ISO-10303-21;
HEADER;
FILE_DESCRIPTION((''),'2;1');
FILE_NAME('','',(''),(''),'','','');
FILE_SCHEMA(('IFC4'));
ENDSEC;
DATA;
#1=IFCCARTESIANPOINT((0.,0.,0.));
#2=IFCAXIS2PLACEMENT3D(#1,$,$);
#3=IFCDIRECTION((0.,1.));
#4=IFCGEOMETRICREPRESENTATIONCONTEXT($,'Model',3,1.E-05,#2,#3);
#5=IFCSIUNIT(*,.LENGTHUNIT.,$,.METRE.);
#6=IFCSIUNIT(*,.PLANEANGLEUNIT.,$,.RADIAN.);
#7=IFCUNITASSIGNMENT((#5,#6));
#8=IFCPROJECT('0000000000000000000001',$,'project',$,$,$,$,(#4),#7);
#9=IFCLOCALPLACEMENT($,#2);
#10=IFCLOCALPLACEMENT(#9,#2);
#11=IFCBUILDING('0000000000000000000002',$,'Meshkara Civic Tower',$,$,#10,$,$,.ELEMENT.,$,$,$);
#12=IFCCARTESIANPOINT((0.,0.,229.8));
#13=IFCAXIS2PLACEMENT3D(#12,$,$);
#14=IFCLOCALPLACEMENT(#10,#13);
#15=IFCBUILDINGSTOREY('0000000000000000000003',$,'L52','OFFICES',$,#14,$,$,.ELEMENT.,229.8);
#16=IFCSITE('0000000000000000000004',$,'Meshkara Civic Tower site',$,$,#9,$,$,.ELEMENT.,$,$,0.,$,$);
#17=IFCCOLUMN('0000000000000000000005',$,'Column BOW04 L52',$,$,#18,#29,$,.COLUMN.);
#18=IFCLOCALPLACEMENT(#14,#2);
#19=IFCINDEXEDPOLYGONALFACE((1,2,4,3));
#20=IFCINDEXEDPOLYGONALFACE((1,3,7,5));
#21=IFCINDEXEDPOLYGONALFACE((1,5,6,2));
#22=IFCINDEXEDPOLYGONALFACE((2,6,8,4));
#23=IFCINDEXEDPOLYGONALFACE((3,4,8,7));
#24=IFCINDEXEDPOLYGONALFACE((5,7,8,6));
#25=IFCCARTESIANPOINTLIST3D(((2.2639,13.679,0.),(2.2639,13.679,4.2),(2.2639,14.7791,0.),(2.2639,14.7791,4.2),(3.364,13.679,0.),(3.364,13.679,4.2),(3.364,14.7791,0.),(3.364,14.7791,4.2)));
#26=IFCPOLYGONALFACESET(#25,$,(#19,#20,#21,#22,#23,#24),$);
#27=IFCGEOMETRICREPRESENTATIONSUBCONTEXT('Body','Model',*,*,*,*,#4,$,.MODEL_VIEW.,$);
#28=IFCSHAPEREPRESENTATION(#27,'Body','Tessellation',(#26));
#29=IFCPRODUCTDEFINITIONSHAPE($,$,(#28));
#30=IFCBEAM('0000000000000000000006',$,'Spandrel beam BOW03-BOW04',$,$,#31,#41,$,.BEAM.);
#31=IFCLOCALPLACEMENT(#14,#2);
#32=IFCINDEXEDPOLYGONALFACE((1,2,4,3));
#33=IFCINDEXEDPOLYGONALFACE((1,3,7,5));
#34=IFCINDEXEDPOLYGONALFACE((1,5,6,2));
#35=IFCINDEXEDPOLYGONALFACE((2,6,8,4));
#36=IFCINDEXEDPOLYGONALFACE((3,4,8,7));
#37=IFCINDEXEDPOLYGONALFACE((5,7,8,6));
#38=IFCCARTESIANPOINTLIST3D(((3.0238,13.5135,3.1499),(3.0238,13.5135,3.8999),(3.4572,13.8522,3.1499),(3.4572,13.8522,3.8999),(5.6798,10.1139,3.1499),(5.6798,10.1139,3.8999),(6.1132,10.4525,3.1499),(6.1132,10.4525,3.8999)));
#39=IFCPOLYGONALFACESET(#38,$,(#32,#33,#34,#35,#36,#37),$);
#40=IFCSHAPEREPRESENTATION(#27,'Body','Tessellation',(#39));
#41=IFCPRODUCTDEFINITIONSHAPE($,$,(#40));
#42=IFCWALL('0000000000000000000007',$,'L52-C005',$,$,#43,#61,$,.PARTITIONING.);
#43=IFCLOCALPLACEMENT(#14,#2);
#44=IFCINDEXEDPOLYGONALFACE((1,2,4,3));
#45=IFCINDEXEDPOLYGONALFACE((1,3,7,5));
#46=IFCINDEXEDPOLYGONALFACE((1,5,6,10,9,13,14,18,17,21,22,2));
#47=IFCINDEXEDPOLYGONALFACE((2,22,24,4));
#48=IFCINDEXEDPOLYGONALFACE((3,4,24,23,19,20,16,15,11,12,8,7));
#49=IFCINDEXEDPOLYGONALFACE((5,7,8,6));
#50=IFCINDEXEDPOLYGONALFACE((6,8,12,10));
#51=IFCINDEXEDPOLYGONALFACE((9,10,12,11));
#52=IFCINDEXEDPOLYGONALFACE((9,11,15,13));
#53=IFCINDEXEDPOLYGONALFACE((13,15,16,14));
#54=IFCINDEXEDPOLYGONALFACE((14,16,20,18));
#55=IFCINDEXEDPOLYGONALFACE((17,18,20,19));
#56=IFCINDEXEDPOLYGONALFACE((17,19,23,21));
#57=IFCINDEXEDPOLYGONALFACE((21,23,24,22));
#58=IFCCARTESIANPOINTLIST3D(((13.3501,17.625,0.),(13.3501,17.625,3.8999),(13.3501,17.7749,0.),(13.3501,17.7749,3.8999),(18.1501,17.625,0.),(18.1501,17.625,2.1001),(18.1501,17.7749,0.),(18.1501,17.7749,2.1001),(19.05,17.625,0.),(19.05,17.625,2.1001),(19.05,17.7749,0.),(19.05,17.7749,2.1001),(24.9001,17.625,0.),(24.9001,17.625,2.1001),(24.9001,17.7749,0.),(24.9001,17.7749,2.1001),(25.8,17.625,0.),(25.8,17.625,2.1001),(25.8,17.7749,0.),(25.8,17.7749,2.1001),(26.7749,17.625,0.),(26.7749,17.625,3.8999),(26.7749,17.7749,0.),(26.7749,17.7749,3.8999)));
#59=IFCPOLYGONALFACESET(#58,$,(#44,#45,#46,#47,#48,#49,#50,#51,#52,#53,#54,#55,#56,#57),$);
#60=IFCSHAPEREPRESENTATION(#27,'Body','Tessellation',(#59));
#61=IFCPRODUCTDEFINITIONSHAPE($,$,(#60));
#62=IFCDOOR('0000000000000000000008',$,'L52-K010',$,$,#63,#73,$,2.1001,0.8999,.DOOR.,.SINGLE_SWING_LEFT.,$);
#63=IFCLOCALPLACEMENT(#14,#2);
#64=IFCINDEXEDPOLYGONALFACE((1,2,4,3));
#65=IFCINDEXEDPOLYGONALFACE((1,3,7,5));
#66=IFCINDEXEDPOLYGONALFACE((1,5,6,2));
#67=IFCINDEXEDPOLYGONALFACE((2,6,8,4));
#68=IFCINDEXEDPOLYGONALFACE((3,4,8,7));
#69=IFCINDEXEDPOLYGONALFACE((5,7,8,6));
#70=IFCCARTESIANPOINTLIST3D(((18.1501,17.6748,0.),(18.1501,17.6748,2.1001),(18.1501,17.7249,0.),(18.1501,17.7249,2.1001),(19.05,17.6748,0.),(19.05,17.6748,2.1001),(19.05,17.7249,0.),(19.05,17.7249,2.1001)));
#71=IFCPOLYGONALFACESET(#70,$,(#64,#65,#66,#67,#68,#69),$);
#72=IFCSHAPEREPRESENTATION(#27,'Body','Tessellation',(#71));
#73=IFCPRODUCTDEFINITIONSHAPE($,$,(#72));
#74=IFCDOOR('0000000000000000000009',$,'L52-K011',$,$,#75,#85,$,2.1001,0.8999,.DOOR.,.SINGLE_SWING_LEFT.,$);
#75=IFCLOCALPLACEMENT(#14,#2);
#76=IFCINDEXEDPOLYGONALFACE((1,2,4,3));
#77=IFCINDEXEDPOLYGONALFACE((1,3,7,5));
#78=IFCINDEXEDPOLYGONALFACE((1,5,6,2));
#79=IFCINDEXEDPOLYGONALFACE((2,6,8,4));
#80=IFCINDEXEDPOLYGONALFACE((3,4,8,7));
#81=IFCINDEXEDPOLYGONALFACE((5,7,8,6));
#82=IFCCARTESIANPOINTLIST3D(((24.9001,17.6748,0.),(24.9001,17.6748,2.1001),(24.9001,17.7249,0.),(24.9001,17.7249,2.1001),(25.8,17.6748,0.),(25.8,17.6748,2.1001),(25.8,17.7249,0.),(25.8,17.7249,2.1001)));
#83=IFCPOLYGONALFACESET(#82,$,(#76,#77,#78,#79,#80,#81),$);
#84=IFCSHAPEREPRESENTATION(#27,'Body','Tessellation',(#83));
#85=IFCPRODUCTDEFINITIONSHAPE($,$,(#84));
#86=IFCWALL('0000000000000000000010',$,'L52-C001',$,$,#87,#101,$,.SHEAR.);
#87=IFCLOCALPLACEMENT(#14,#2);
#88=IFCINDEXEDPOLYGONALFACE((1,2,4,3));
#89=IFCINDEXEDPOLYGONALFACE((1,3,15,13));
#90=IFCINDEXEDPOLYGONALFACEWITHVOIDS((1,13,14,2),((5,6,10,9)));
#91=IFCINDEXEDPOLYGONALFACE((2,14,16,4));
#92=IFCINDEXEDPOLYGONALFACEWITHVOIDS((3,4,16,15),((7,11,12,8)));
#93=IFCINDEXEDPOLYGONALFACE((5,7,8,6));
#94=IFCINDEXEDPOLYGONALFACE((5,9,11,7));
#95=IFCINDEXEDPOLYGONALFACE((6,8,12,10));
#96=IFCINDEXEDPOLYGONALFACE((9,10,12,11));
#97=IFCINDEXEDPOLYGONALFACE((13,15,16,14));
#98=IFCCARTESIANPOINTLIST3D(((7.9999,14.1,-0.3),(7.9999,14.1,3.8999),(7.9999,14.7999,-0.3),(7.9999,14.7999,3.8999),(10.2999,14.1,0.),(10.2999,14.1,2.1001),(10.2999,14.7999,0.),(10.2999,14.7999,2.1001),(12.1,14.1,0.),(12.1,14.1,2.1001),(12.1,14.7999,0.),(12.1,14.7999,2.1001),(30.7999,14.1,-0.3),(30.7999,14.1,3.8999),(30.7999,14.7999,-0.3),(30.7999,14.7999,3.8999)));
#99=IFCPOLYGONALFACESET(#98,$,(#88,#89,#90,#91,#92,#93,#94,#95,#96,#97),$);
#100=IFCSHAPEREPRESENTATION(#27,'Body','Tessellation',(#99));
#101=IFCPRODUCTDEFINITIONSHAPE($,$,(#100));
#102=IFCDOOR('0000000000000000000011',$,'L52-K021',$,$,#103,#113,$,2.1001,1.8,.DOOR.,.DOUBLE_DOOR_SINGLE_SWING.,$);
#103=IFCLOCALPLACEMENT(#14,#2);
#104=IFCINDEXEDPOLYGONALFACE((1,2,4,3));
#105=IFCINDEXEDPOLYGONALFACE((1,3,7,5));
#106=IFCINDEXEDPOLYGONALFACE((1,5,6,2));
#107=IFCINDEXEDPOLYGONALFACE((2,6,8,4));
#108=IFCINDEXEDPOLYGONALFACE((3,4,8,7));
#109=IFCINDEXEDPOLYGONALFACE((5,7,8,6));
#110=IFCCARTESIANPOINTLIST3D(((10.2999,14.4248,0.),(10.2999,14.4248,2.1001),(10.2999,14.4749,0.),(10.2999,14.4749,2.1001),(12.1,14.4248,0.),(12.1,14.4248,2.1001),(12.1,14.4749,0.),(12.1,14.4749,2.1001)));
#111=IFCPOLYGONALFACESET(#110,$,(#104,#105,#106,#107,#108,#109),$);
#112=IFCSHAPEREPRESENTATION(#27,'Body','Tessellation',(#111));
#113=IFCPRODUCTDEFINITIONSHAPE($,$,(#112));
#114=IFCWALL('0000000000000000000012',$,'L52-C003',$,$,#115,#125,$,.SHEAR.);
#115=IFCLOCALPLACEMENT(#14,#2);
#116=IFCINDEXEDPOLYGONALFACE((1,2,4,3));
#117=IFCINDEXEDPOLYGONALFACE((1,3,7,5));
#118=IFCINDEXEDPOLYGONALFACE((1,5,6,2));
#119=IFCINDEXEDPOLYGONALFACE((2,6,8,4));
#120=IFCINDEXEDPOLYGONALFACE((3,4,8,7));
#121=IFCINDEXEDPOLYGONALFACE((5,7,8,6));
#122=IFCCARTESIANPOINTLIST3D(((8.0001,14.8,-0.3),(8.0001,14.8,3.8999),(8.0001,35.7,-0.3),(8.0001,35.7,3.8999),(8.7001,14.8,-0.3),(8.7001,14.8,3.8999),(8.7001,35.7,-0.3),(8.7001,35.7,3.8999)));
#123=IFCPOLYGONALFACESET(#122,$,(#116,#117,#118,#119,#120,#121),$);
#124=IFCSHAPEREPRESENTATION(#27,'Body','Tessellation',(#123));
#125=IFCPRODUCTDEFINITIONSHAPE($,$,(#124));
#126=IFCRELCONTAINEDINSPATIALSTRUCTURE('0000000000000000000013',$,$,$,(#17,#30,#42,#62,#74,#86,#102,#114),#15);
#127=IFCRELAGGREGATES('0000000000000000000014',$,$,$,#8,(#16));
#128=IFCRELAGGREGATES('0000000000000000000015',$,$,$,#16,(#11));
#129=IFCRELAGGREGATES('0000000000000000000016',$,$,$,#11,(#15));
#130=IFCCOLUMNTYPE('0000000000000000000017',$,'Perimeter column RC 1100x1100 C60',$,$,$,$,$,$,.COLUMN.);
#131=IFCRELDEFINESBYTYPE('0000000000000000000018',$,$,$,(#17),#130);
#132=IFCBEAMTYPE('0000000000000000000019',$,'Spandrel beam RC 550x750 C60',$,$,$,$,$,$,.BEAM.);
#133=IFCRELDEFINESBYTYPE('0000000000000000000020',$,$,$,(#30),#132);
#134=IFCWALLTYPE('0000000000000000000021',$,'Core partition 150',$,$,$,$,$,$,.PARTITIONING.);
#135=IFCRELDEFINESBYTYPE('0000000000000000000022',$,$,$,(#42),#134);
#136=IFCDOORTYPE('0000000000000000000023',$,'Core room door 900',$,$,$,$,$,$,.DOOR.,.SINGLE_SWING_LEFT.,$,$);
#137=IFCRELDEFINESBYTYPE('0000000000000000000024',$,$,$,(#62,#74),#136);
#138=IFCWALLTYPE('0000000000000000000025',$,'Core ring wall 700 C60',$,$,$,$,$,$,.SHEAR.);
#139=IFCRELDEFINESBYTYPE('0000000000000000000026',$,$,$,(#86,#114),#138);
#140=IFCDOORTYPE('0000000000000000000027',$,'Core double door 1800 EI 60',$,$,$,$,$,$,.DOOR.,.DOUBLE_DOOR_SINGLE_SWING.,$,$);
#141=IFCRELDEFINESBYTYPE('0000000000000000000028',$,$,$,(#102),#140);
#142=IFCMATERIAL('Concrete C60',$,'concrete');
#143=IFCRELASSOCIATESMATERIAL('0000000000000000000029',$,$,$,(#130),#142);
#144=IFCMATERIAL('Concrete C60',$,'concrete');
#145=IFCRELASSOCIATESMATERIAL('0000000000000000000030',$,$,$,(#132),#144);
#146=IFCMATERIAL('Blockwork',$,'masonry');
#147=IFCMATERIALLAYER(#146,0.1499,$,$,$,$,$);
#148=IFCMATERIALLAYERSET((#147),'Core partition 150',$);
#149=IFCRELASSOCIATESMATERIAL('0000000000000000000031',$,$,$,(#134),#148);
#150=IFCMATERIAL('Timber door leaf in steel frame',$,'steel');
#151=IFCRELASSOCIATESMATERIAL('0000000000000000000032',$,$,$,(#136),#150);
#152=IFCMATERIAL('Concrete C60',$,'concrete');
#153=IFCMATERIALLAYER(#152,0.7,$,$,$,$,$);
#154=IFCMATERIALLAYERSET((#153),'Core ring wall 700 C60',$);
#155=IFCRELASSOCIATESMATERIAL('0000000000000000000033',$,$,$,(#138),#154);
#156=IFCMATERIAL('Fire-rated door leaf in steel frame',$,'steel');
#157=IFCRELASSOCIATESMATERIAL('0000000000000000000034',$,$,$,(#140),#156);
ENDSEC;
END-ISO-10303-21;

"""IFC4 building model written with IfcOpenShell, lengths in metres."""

from ifc_helpers import new_model, si_unit, direction, frame, frame_2d, origin, origin_2d, place, context, subcontext, project, spatial, rectangle, extrude, material, layer, layer_set, material_profile, profile_set, type_object, element, fill, save


model = new_model("IFC4")

# Units and contexts
model_context = context("Model", 3, precision=1e-05, world=origin(), true_north=direction((0.0, 1.0)))
body_context = subcontext(model_context, "Body", "Model", "MODEL_VIEW")
ifc_project = project(units=[si_unit("LENGTHUNIT", "METRE"), si_unit("PLANEANGLEUNIT", "RADIAN")], contexts=[model_context])

# Site, building, storey
site_placement = place(None, origin())
site = spatial("IfcSite", under=ifc_project, at=site_placement, Name="Meshkara Civic Tower site", CompositionType="ELEMENT", RefElevation=0.0)
building_placement = place(site_placement, origin())
building = spatial("IfcBuilding", under=site, at=building_placement, Name="Meshkara Civic Tower", CompositionType="ELEMENT")
storey_placement = place(building_placement, frame((0.0, 0.0, 229.8)))
storey = spatial("IfcBuildingStorey", under=building, at=storey_placement, Name="L52", Description="OFFICES", CompositionType="ELEMENT", Elevation=229.8)

# Column
ifc_material_1 = material(Name="Concrete C60", Category="concrete")
ifc_material_profile_1 = material_profile(ifc_material_1, rectangle(XDim=1.1001, YDim=1.1001, at=origin_2d()))
ifc_profile_set_1 = profile_set([ifc_material_profile_1], Name="Concrete C60")
column_type = type_object("IfcColumnType", Name="Perimeter column RC 1100x1100 C60", PredefinedType="COLUMN", material=ifc_profile_set_1)
column_placement = place(storey_placement, frame((2.814, 14.229, 0.0), z_axis=(0.0, 0.0, 1.0), x_axis=(1.0, 0.0, 0.0)))
element("IfcColumn", 1, at=column_placement, inside=storey, type_object=column_type, Name="Column BOW04 L52", PredefinedType="COLUMN", context=body_context, shape_type="SweptSolid", body=[
    extrude(rectangle(XDim=1.1001, YDim=1.1001, at=origin_2d()), origin(), (0.0, 0.0, 1.0), 4.2),
])

# Beam
ifc_material_2 = material(Name="Concrete C60", Category="concrete")
ifc_material_profile_2 = material_profile(ifc_material_2, rectangle(XDim=0.55, YDim=0.75, at=origin_2d()))
ifc_profile_set_2 = profile_set([ifc_material_profile_2], Name="Concrete C60")
beam_type = type_object("IfcBeamType", Name="Spandrel beam RC 550x750 C60", PredefinedType="BEAM", material=ifc_profile_set_2)
beam_placement = place(storey_placement, frame((3.2405, 13.6829, 3.5249), z_axis=(0.615647, -0.788022, 0.0), x_axis=(0.788022, 0.615647, 0.0)))
element("IfcBeam", 2, at=beam_placement, inside=storey, type_object=beam_type, Name="Spandrel beam BOW03-BOW04", PredefinedType="BEAM", context=body_context, shape_type="SweptSolid", body=[
    extrude(rectangle(XDim=0.55, YDim=0.75, at=origin_2d()), origin(), (0.0, 0.0, 1.0), 4.3142),
])

# Wall, openings, doors
ifc_material_3 = material(Name="Blockwork", Category="masonry")
ifc_layer_1 = layer(ifc_material_3, 0.1499)
ifc_layer_set_1 = layer_set([ifc_layer_1], Name="Core partition 150")
wall_type_1 = type_object("IfcWallType", Name="Core partition 150", PredefinedType="PARTITIONING", material=ifc_layer_set_1)
wall_1_placement = place(storey_placement, frame((13.3501, 17.7, 0.0), z_axis=(0.0, 0.0, 1.0), x_axis=(1.0, 0.0, 0.0)))
wall_1 = element("IfcWall", 3, at=wall_1_placement, inside=storey, type_object=wall_type_1, Name="L52-C005", PredefinedType="PARTITIONING", context=body_context, shape_type="SweptSolid", body=[
    extrude(rectangle(XDim=13.4248, YDim=0.1499, at=frame_2d((6.7124, 0.0))), origin(), (0.0, 0.0, 1.0), 3.8999),
])
opening_1_placement = place(wall_1_placement, frame((4.8, 0.0, 0.0)))
opening_1 = element("IfcOpeningElement", 4, at=opening_1_placement, cuts=wall_1, PredefinedType="OPENING", context=body_context, shape_type="SweptSolid", body=[
    extrude(rectangle(XDim=0.8999, YDim=2.1001, at=frame_2d((0.45, 1.05))), frame((0.0, 0.085, 0.0), z_axis=(0.0, -1.0, 0.0), x_axis=(1.0, 0.0, 0.0)), (0.0, 0.0, 1.0), 0.1699),
])
opening_2_placement = place(wall_1_placement, frame((11.55, 0.0, 0.0)))
opening_2 = element("IfcOpeningElement", 5, at=opening_2_placement, cuts=wall_1, PredefinedType="OPENING", context=body_context, shape_type="SweptSolid", body=[
    extrude(rectangle(XDim=0.8999, YDim=2.1001, at=frame_2d((0.45, 1.05))), frame((0.0, 0.085, 0.0), z_axis=(0.0, -1.0, 0.0), x_axis=(1.0, 0.0, 0.0)), (0.0, 0.0, 1.0), 0.1699),
])
ifc_material_4 = material(Name="Timber door leaf in steel frame", Category="steel")
door_type_1 = type_object("IfcDoorType", Name="Core room door 900", OperationType="SINGLE_SWING_LEFT", PredefinedType="DOOR", material=ifc_material_4)
door_1_placement = place(opening_1_placement, origin())
door_1 = element("IfcDoor", 6, at=door_1_placement, inside=storey, type_object=door_type_1, Name="L52-K010", OperationType="SINGLE_SWING_LEFT", OverallHeight=2.1001, OverallWidth=0.8999, PredefinedType="DOOR", context=body_context, shape_type="SweptSolid", body=[
    extrude(rectangle(XDim=0.8999, YDim=2.1001, at=frame_2d((0.45, 1.05))), frame((0.0, 0.0249, 0.0), z_axis=(0.0, -1.0, 0.0), x_axis=(1.0, 0.0, 0.0)), (0.0, 0.0, 1.0), 0.05),
])
fill(opening_1, door_1)
door_2_placement = place(opening_2_placement, origin())
door_2 = element("IfcDoor", 7, at=door_2_placement, inside=storey, type_object=door_type_1, Name="L52-K011", OperationType="SINGLE_SWING_LEFT", OverallHeight=2.1001, OverallWidth=0.8999, PredefinedType="DOOR", context=body_context, shape_type="SweptSolid", body=[
    extrude(rectangle(XDim=0.8999, YDim=2.1001, at=frame_2d((0.45, 1.05))), frame((0.0, 0.0249, 0.0), z_axis=(0.0, -1.0, 0.0), x_axis=(1.0, 0.0, 0.0)), (0.0, 0.0, 1.0), 0.05),
])
fill(opening_2, door_2)

# Wall, opening, door
ifc_material_5 = material(Name="Concrete C60", Category="concrete")
ifc_layer_2 = layer(ifc_material_5, 0.7)
ifc_layer_set_2 = layer_set([ifc_layer_2], Name="Core ring wall 700 C60")
wall_type_2 = type_object("IfcWallType", Name="Core ring wall 700 C60", PredefinedType="SHEAR", material=ifc_layer_set_2)
wall_2_placement = place(storey_placement, frame((8.0, 14.45, -0.3), z_axis=(0.0, 0.0, 1.0), x_axis=(1.0, 0.0, 0.0)))
wall_2 = element("IfcWall", 8, at=wall_2_placement, inside=storey, type_object=wall_type_2, Name="L52-C001", PredefinedType="SHEAR", context=body_context, shape_type="SweptSolid", body=[
    extrude(rectangle(XDim=22.8, YDim=0.7, at=frame_2d((11.3999, 0.0))), origin(), (0.0, 0.0, 1.0), 4.2),
])
opening_3_placement = place(wall_2_placement, frame((2.3, 0.0, 0.3)))
opening_3 = element("IfcOpeningElement", 9, at=opening_3_placement, cuts=wall_2, PredefinedType="OPENING", context=body_context, shape_type="SweptSolid", body=[
    extrude(rectangle(XDim=1.8, YDim=2.1001, at=frame_2d((0.8999, 1.05))), frame((0.0, 0.3599, 0.0), z_axis=(0.0, -1.0, 0.0), x_axis=(1.0, 0.0, 0.0)), (0.0, 0.0, 1.0), 0.72),
])
ifc_material_6 = material(Name="Fire-rated door leaf in steel frame", Category="steel")
door_type_2 = type_object("IfcDoorType", Name="Core double door 1800 EI 60", OperationType="DOUBLE_DOOR_SINGLE_SWING", PredefinedType="DOOR", material=ifc_material_6)
door_3_placement = place(opening_3_placement, origin())
door_3 = element("IfcDoor", 10, at=door_3_placement, inside=storey, type_object=door_type_2, Name="L52-K021", OperationType="DOUBLE_DOOR_SINGLE_SWING", OverallHeight=2.1001, OverallWidth=1.8, PredefinedType="DOOR", context=body_context, shape_type="SweptSolid", body=[
    extrude(rectangle(XDim=1.8, YDim=2.1001, at=frame_2d((0.8999, 1.05))), frame((0.0, 0.0249, 0.0), z_axis=(0.0, -1.0, 0.0), x_axis=(1.0, 0.0, 0.0)), (0.0, 0.0, 1.0), 0.05),
])
fill(opening_3, door_3)

# Wall
wall_3_placement = place(storey_placement, frame((8.3501, 14.8, -0.3), z_axis=(0.0, 0.0, 1.0), x_axis=(0.0, 1.0, 0.0)))
element("IfcWall", 11, at=wall_3_placement, inside=storey, type_object=wall_type_2, Name="L52-C003", PredefinedType="SHEAR", context=body_context, shape_type="SweptSolid", body=[
    extrude(rectangle(XDim=20.8999, YDim=0.7, at=frame_2d((10.45, 0.0))), origin(), (0.0, 0.0, 1.0), 4.2),
])

save(model, "model.ifc")
